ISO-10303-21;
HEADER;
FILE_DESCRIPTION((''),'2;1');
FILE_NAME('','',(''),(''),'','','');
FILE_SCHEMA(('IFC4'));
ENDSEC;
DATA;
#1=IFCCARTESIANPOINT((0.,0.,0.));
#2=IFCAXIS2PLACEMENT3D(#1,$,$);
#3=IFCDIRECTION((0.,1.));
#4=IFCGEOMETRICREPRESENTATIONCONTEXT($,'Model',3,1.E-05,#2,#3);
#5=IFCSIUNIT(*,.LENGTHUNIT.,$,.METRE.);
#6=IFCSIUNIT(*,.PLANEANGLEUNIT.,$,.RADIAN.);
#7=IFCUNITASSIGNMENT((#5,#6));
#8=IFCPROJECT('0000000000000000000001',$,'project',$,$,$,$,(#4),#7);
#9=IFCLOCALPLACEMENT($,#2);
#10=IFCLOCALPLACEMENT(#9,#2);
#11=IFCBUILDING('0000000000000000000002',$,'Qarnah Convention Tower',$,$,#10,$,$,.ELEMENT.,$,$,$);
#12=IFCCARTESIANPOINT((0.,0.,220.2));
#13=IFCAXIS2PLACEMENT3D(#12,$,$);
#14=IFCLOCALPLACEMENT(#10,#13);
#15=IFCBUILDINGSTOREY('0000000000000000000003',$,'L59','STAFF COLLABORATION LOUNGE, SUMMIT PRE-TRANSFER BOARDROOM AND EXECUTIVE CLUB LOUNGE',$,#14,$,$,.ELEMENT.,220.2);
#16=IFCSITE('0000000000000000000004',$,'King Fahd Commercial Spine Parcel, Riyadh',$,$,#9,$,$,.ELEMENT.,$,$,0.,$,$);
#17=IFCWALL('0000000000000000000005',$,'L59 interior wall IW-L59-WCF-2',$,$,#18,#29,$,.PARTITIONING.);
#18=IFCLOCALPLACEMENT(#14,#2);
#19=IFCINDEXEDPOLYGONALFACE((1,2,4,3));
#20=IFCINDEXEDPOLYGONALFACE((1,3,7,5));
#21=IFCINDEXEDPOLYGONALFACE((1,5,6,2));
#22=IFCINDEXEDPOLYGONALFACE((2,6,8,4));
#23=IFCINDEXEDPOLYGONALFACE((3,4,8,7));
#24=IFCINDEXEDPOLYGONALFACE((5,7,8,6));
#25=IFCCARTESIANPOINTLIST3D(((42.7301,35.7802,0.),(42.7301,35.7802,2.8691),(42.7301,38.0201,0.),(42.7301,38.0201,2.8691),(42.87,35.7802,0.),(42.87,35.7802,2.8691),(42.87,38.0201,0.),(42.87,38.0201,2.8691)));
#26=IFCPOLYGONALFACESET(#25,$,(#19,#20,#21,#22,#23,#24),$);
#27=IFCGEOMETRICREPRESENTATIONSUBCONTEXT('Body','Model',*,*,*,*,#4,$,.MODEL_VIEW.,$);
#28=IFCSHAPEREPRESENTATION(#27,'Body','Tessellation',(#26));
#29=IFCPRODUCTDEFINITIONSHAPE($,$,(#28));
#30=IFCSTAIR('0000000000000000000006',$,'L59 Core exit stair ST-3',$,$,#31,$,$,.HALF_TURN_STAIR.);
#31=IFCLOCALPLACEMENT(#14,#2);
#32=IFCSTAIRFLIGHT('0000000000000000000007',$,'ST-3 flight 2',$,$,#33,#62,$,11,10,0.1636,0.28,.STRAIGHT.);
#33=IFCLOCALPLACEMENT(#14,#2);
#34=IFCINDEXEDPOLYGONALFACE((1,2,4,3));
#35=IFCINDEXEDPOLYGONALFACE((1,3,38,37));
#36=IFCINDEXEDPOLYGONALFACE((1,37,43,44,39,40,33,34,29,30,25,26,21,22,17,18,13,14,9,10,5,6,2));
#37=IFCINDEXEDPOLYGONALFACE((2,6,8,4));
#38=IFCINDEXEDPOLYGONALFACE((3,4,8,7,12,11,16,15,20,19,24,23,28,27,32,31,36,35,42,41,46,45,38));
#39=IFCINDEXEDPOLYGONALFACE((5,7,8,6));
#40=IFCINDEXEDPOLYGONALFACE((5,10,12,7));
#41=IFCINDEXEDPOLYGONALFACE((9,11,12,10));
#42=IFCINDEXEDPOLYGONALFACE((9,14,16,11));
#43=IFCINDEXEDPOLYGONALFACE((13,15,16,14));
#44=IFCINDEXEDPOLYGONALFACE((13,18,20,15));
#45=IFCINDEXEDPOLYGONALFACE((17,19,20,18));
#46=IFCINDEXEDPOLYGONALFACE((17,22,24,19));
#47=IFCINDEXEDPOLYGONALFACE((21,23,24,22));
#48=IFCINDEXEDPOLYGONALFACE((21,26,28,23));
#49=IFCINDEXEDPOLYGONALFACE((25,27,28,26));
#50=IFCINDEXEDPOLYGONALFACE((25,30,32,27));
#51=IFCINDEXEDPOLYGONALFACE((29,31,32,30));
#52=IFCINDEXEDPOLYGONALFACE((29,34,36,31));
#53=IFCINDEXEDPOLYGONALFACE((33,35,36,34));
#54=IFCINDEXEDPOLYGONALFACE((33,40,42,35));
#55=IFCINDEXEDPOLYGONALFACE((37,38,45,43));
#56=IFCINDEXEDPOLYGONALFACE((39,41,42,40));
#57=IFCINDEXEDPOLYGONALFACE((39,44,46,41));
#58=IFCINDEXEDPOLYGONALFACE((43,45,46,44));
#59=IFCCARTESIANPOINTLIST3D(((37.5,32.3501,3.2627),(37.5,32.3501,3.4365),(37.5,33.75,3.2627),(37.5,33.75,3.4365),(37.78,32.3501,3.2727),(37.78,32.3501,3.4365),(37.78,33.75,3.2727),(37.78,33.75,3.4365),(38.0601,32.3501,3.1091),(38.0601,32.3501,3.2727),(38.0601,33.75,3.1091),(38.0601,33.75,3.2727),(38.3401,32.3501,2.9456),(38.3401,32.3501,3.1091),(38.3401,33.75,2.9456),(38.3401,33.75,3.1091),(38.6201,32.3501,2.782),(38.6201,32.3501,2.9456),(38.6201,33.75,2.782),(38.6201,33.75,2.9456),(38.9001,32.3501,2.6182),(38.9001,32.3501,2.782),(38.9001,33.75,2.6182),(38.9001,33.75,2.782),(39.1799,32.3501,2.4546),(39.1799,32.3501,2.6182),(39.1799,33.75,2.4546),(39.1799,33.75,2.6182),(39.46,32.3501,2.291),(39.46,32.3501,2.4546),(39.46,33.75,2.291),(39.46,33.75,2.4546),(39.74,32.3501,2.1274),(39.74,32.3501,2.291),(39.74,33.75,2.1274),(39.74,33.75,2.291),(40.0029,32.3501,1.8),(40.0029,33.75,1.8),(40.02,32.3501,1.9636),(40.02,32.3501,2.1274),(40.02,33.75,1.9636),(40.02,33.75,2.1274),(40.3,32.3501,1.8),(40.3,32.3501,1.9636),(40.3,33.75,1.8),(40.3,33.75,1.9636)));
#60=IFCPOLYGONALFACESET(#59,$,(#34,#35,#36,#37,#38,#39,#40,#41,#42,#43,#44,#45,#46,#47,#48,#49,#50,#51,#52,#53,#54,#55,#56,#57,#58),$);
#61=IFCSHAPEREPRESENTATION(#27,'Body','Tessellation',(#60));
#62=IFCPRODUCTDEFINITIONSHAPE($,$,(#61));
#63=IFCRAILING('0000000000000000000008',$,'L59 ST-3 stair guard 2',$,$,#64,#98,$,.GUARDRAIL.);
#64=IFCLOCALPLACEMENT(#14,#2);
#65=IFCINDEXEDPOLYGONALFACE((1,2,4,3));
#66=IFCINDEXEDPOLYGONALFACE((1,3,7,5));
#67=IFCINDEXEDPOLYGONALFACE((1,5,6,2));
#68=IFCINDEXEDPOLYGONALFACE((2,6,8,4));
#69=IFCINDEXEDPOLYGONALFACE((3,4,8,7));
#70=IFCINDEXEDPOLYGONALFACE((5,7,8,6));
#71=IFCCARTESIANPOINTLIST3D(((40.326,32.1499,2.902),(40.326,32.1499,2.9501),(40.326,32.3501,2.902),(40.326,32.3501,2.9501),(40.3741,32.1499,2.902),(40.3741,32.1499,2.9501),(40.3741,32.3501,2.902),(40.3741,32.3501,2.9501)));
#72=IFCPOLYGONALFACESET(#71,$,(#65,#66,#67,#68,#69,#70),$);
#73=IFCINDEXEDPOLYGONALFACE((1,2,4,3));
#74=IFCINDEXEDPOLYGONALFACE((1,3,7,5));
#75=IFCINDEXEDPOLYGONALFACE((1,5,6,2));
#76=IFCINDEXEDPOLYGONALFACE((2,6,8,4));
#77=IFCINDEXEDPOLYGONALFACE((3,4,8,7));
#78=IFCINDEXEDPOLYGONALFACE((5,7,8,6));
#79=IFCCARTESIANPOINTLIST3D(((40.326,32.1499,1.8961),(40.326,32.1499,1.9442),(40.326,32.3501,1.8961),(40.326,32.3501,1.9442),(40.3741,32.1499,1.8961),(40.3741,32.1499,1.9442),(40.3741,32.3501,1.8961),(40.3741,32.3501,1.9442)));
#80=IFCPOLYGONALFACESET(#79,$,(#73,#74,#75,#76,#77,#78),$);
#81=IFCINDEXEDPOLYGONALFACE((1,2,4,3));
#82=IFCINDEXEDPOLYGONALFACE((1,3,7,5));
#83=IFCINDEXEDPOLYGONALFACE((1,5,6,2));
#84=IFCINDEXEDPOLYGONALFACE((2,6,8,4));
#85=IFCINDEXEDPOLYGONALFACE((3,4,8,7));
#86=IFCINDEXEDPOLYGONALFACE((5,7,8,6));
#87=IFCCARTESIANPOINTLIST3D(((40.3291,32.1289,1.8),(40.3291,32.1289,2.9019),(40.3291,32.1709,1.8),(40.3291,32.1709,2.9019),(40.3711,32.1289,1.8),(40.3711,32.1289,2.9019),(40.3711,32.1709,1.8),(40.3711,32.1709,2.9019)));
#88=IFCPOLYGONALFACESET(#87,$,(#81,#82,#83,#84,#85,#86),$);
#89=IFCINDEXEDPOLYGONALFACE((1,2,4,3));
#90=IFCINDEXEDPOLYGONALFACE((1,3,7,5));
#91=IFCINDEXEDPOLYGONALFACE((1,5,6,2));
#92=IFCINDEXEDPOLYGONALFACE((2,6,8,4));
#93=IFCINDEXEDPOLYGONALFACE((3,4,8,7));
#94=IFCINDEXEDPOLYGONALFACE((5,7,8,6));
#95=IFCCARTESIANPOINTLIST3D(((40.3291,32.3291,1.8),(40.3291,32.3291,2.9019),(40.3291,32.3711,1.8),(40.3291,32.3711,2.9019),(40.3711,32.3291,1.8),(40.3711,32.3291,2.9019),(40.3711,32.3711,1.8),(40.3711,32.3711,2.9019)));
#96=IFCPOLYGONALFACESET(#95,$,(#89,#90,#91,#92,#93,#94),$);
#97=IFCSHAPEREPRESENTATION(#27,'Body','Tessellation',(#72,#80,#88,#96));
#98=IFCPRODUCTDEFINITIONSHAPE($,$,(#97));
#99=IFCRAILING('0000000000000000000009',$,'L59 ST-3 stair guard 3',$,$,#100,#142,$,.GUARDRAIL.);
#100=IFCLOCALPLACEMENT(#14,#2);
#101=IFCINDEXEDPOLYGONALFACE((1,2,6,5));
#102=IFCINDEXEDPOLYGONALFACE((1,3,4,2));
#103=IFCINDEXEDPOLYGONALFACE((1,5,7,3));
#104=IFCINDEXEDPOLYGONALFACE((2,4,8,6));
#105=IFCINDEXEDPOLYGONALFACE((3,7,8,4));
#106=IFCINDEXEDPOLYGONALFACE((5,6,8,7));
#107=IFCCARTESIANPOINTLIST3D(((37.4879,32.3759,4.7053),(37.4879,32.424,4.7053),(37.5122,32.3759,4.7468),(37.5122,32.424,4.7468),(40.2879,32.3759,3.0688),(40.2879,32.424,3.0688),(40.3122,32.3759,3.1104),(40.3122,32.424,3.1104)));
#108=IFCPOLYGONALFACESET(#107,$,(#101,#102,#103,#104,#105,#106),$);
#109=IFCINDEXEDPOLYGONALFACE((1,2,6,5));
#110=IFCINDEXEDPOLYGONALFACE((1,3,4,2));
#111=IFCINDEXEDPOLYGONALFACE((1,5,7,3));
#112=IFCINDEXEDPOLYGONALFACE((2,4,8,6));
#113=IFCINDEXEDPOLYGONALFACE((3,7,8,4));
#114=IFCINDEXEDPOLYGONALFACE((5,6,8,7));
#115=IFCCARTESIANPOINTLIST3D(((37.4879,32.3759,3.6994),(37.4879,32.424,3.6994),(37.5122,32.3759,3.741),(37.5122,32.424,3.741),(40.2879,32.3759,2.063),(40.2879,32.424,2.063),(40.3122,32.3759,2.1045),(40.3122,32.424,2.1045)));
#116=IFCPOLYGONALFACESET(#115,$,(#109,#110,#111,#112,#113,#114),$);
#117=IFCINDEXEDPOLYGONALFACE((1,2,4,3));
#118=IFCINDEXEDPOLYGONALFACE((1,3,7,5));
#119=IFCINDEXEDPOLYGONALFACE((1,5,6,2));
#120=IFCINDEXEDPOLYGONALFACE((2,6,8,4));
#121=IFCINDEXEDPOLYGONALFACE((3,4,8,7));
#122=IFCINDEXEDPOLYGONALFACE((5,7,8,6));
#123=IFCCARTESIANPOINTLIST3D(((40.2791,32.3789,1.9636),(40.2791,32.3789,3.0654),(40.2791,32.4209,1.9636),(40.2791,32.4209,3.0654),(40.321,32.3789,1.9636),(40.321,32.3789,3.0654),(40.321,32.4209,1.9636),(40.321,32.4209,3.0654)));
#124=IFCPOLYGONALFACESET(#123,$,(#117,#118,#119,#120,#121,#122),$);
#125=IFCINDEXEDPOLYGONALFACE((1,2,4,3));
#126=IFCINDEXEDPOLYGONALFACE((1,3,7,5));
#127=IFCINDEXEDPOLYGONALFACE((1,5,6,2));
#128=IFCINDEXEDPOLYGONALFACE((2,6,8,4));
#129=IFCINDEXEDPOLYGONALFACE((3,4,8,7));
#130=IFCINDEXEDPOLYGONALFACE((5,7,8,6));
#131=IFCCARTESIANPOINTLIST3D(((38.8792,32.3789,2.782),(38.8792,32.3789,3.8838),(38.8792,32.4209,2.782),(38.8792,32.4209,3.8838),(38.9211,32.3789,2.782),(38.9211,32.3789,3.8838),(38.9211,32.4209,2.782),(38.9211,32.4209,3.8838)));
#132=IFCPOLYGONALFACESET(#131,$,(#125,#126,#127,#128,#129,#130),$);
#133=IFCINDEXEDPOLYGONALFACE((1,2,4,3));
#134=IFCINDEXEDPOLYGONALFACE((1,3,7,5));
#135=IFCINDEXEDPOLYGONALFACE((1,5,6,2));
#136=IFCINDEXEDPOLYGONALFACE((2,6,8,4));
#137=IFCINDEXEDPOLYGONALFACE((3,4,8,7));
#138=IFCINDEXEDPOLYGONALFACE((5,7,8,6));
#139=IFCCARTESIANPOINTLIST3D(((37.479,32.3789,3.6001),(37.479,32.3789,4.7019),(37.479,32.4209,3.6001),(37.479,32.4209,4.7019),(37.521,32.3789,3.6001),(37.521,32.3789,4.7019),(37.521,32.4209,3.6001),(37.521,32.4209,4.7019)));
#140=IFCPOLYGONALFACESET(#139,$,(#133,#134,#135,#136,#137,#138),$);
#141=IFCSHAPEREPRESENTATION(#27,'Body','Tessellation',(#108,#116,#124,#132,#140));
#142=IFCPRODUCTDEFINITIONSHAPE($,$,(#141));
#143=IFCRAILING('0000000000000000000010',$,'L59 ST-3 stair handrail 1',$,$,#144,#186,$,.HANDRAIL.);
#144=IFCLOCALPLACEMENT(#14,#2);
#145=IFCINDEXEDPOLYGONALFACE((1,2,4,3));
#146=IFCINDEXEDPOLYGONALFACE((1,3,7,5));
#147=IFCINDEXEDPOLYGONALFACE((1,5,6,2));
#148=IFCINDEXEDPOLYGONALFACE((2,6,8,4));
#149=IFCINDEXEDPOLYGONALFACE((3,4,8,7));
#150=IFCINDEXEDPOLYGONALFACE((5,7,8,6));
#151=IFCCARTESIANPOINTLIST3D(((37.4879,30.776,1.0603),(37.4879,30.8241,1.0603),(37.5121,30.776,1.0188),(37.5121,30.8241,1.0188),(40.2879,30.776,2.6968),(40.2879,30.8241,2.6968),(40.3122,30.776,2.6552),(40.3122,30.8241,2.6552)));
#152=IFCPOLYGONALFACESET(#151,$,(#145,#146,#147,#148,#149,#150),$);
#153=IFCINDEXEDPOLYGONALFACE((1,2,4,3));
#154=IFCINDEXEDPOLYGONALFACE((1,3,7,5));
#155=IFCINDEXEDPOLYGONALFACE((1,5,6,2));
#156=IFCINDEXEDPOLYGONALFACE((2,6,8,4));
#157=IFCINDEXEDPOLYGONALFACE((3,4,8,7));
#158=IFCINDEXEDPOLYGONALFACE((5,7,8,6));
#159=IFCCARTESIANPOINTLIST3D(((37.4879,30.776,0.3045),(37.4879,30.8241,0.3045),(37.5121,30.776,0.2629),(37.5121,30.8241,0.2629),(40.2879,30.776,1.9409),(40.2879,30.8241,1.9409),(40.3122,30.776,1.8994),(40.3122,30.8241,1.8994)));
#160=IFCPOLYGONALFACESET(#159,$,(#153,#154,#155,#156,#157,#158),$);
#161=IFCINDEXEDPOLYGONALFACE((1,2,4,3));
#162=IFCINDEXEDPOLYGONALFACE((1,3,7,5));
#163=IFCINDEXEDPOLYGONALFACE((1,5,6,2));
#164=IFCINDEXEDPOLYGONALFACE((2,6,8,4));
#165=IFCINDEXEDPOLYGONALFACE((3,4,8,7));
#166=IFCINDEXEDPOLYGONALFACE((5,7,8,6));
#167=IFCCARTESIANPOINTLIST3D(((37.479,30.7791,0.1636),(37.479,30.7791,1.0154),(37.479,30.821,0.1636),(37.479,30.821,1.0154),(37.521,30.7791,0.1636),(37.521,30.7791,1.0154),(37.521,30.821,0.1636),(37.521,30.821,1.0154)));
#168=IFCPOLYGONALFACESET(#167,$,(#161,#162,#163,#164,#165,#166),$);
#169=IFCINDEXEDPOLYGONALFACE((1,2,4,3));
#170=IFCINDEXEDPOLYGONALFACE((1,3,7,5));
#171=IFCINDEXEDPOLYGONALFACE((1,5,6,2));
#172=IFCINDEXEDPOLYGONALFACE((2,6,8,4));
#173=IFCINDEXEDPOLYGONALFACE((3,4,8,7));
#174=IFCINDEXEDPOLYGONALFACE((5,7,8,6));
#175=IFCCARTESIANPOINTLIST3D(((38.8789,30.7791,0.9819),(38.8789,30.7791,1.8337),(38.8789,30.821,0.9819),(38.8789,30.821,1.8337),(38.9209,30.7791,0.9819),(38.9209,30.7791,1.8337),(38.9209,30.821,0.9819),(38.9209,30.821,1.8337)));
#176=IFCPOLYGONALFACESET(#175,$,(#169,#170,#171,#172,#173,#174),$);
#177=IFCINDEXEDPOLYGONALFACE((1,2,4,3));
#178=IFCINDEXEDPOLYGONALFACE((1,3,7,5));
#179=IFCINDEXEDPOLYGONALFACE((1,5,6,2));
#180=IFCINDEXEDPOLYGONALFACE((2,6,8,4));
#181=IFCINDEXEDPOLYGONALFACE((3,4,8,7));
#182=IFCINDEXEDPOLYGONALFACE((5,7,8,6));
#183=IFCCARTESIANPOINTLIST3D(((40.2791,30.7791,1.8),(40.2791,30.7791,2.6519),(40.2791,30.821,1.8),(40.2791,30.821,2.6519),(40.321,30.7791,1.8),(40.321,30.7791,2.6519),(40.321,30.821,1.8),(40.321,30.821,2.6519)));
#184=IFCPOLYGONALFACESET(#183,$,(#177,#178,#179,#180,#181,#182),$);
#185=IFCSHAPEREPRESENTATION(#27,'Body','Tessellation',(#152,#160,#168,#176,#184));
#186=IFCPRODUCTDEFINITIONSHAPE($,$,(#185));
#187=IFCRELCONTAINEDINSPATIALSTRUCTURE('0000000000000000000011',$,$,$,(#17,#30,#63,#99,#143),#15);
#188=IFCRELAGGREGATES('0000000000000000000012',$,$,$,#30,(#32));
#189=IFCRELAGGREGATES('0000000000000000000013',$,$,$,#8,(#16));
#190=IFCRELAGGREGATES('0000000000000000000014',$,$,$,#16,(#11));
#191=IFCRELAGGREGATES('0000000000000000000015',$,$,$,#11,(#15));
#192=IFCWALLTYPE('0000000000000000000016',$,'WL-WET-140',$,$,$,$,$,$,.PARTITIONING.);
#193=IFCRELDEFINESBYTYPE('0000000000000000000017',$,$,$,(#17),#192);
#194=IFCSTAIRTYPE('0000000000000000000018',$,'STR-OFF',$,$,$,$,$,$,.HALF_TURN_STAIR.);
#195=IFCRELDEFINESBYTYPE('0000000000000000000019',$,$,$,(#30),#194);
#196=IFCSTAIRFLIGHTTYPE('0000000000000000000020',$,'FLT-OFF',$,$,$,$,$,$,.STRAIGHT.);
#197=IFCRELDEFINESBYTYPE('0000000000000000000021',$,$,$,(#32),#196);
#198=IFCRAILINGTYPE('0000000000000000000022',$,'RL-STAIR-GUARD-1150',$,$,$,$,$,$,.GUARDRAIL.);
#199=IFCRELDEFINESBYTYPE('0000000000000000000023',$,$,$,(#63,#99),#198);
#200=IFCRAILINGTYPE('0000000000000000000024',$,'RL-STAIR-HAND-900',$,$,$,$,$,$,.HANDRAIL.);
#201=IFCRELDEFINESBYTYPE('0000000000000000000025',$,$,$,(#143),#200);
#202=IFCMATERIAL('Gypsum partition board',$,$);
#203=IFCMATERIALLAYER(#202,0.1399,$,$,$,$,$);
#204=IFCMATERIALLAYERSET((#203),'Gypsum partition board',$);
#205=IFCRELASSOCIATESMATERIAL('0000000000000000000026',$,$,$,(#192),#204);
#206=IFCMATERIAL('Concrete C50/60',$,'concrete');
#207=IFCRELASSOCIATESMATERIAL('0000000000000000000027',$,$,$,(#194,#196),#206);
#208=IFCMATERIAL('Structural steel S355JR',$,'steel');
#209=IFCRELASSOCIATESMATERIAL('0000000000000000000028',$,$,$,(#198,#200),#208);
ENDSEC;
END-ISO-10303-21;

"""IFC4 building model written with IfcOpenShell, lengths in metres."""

from ifc_helpers import new_model, si_unit, direction, frame, frame_2d, origin, origin_2d, place, context, subcontext, project, spatial, polyline, rectangle, outline, extrude, material, layer, layer_set, type_object, element, aggregate, save


model = new_model("IFC4")

# Units and contexts
model_context = context("Model", 3, precision=1e-05, world=origin(), true_north=direction((0.0, 1.0)))
body_context = subcontext(model_context, "Body", "Model", "MODEL_VIEW")
ifc_project = project(units=[si_unit("LENGTHUNIT", "METRE"), si_unit("PLANEANGLEUNIT", "RADIAN")], contexts=[model_context])

# Site, building, storey
site_placement = place(None, origin())
site = spatial("IfcSite", under=ifc_project, at=site_placement, Name="King Fahd Commercial Spine Parcel, Riyadh", CompositionType="ELEMENT", RefElevation=0.0)
building_placement = place(site_placement, origin())
building = spatial("IfcBuilding", under=site, at=building_placement, Name="Qarnah Convention Tower", CompositionType="ELEMENT")
storey_placement = place(building_placement, frame((0.0, 0.0, 220.2)))
storey = spatial("IfcBuildingStorey", under=building, at=storey_placement, Name="L59", Description="STAFF COLLABORATION LOUNGE, SUMMIT PRE-TRANSFER BOARDROOM AND EXECUTIVE CLUB LOUNGE", CompositionType="ELEMENT", Elevation=220.2)

# Shared definitions
ifc_material_1 = material(Name="Concrete C50/60", Category="concrete")

# Shared definitions
ifc_material_2 = material(Name="Structural steel S355JR", Category="steel")

# Shared definitions
ifc_material_3 = material(Name="Gypsum partition board")

# Shared definitions
ifc_layer_1 = layer(ifc_material_3, 0.1399)
ifc_layer_set_1 = layer_set([ifc_layer_1], Name="Gypsum partition board")
wall_type_1 = type_object("IfcWallType", Name="WL-WET-140", PredefinedType="PARTITIONING", material=ifc_layer_set_1)

# Wall
wall_1_placement = place(storey_placement, frame((42.8, 35.78, 0.0), z_axis=(0.0, 0.0, 1.0), x_axis=(0.0, 1.0, 0.0)))
element("IfcWall", 1, at=wall_1_placement, inside=storey, type_object=wall_type_1, Name="L59 interior wall IW-L59-WCF-2", PredefinedType="PARTITIONING", context=body_context, shape_type="SweptSolid", body=[
    extrude(rectangle(XDim=2.24, YDim=0.1399, at=frame_2d((1.1201, 0.0))), origin(), (0.0, 0.0, 1.0), 2.8691),
])

# Stair, stair flight
stair_type = type_object("IfcStairType", Name="STR-OFF", PredefinedType="HALF_TURN_STAIR", material=ifc_material_1)
stair_placement = place(storey_placement, origin())
stair = element("IfcStair", 2, at=stair_placement, inside=storey, type_object=stair_type, Name="L59 Core exit stair ST-3", PredefinedType="HALF_TURN_STAIR")
stair_flight_type = type_object("IfcStairFlightType", Name="FLT-OFF", PredefinedType="STRAIGHT", material=ifc_material_1)
stair_flight_placement = place(storey_placement, frame((40.3, 33.05, 1.8), z_axis=(0.0, 0.0, 1.0), x_axis=(-1.0, 0.0, 0.0)))
stair_flight = element("IfcStairFlight", 3, at=stair_flight_placement, type_object=stair_flight_type, Name="ST-3 flight 2", NumberOfRisers=11, NumberOfTreads=10, PredefinedType="STRAIGHT", RiserHeight=0.1636, TreadLength=0.28, context=body_context, shape_type="SweptSolid", body=[
    extrude(outline(polyline([(0.0, 0.0), (0.0, 0.1636), (0.28, 0.1636), (0.28, 0.3274), (0.5601, 0.3274), (0.5601, 0.491), (0.8401, 0.491), (0.8401, 0.6545), (1.1201, 0.6545), (1.1201, 0.8181), (1.3999, 0.8181), (1.3999, 0.9819), (1.6799, 0.9819), (1.6799, 1.1455), (1.96, 1.1455), (1.96, 1.3091), (2.24, 1.3091), (2.24, 1.4727), (2.52, 1.4727), (2.52, 1.6365), (2.8, 1.6365), (2.8, 1.8), (2.8, 1.4626), (0.2971, 0.0), (0.0, 0.0)])), frame((0.0, 0.7, 0.0), z_axis=(0.0, -1.0, 0.0), x_axis=(1.0, 0.0, 0.0)), (0.0, 0.0, 1.0), 1.3999),
])
aggregate(stair, [stair_flight])

# Railings
railing_type_1 = type_object("IfcRailingType", Name="RL-STAIR-GUARD-1150", PredefinedType="GUARDRAIL", material=ifc_material_2)
railing_1_placement = place(storey_placement, frame((40.3501, 32.1499, 1.8)))
element("IfcRailing", 4, at=railing_1_placement, inside=storey, type_object=railing_type_1, Name="L59 ST-3 stair guard 2", PredefinedType="GUARDRAIL", context=body_context, shape_type="SweptSolid", body=[
    extrude(rectangle(XDim=0.0481, YDim=0.0481, at=origin_2d()), frame((0.0, 0.0, 1.126), z_axis=(0.0, 1.0, 0.0), x_axis=(-1.0, 0.0, 0.0)), (0.0, 0.0, 1.0), 0.2002),
    extrude(rectangle(XDim=0.0481, YDim=0.0481, at=origin_2d()), frame((0.0, 0.0, 0.1201), z_axis=(0.0, 1.0, 0.0), x_axis=(-1.0, 0.0, 0.0)), (0.0, 0.0, 1.0), 0.2002),
    extrude(rectangle(XDim=0.042, YDim=0.042, at=origin_2d()), origin(), (0.0, 0.0, 1.0), 1.1018),
    extrude(rectangle(XDim=0.042, YDim=0.042, at=origin_2d()), frame((0.0, 0.2002, 0.0)), (0.0, 0.0, 1.0), 1.1018),
])
railing_2_placement = place(storey_placement, frame((40.3, 32.3999, 1.9636)))
element("IfcRailing", 5, at=railing_2_placement, inside=storey, type_object=railing_type_1, Name="L59 ST-3 stair guard 3", PredefinedType="GUARDRAIL", context=body_context, shape_type="SweptSolid", body=[
    extrude(rectangle(XDim=0.0481, YDim=0.0481, at=origin_2d()), frame((0.0, 0.0, 1.126), z_axis=(-0.863361, 0.0, 0.504587), x_axis=(0.0, -1.0, 0.0)), (0.0, 0.0, 1.0), 3.2432),
    extrude(rectangle(XDim=0.0481, YDim=0.0481, at=origin_2d()), frame((0.0, 0.0, 0.1201), z_axis=(-0.863361, 0.0, 0.504587), x_axis=(0.0, -1.0, 0.0)), (0.0, 0.0, 1.0), 3.2432),
    extrude(rectangle(XDim=0.042, YDim=0.042, at=origin_2d()), origin(), (0.0, 0.0, 1.0), 1.1018),
    extrude(rectangle(XDim=0.042, YDim=0.042, at=origin_2d()), frame((-1.3999, 0.0, 0.8184)), (0.0, 0.0, 1.0), 1.1018),
    extrude(rectangle(XDim=0.042, YDim=0.042, at=origin_2d()), frame((-2.8, 0.0, 1.6365)), (0.0, 0.0, 1.0), 1.1018),
])
railing_type_2 = type_object("IfcRailingType", Name="RL-STAIR-HAND-900", PredefinedType="HANDRAIL", material=ifc_material_2)
railing_3_placement = place(storey_placement, frame((37.5, 30.8, 0.1636)))
element("IfcRailing", 6, at=railing_3_placement, inside=storey, type_object=railing_type_2, Name="L59 ST-3 stair handrail 1", PredefinedType="HANDRAIL", context=body_context, shape_type="SweptSolid", body=[
    extrude(rectangle(XDim=0.0481, YDim=0.0481, at=origin_2d()), frame((0.0, 0.0, 0.876), z_axis=(0.863361, 0.0, 0.504587), x_axis=(0.0, 1.0, 0.0)), (0.0, 0.0, 1.0), 3.2432),
    extrude(rectangle(XDim=0.0481, YDim=0.0481, at=origin_2d()), frame((0.0, 0.0, 0.1201), z_axis=(0.863361, 0.0, 0.504587), x_axis=(0.0, 1.0, 0.0)), (0.0, 0.0, 1.0), 3.2432),
    extrude(rectangle(XDim=0.042, YDim=0.042, at=origin_2d()), origin(), (0.0, 0.0, 1.0), 0.8518),
    extrude(rectangle(XDim=0.042, YDim=0.042, at=origin_2d()), frame((1.3999, 0.0, 0.8184)), (0.0, 0.0, 1.0), 0.8518),
    extrude(rectangle(XDim=0.042, YDim=0.042, at=origin_2d()), frame((2.8, 0.0, 1.6365)), (0.0, 0.0, 1.0), 0.8518),
])

save(model, "model.ifc")
